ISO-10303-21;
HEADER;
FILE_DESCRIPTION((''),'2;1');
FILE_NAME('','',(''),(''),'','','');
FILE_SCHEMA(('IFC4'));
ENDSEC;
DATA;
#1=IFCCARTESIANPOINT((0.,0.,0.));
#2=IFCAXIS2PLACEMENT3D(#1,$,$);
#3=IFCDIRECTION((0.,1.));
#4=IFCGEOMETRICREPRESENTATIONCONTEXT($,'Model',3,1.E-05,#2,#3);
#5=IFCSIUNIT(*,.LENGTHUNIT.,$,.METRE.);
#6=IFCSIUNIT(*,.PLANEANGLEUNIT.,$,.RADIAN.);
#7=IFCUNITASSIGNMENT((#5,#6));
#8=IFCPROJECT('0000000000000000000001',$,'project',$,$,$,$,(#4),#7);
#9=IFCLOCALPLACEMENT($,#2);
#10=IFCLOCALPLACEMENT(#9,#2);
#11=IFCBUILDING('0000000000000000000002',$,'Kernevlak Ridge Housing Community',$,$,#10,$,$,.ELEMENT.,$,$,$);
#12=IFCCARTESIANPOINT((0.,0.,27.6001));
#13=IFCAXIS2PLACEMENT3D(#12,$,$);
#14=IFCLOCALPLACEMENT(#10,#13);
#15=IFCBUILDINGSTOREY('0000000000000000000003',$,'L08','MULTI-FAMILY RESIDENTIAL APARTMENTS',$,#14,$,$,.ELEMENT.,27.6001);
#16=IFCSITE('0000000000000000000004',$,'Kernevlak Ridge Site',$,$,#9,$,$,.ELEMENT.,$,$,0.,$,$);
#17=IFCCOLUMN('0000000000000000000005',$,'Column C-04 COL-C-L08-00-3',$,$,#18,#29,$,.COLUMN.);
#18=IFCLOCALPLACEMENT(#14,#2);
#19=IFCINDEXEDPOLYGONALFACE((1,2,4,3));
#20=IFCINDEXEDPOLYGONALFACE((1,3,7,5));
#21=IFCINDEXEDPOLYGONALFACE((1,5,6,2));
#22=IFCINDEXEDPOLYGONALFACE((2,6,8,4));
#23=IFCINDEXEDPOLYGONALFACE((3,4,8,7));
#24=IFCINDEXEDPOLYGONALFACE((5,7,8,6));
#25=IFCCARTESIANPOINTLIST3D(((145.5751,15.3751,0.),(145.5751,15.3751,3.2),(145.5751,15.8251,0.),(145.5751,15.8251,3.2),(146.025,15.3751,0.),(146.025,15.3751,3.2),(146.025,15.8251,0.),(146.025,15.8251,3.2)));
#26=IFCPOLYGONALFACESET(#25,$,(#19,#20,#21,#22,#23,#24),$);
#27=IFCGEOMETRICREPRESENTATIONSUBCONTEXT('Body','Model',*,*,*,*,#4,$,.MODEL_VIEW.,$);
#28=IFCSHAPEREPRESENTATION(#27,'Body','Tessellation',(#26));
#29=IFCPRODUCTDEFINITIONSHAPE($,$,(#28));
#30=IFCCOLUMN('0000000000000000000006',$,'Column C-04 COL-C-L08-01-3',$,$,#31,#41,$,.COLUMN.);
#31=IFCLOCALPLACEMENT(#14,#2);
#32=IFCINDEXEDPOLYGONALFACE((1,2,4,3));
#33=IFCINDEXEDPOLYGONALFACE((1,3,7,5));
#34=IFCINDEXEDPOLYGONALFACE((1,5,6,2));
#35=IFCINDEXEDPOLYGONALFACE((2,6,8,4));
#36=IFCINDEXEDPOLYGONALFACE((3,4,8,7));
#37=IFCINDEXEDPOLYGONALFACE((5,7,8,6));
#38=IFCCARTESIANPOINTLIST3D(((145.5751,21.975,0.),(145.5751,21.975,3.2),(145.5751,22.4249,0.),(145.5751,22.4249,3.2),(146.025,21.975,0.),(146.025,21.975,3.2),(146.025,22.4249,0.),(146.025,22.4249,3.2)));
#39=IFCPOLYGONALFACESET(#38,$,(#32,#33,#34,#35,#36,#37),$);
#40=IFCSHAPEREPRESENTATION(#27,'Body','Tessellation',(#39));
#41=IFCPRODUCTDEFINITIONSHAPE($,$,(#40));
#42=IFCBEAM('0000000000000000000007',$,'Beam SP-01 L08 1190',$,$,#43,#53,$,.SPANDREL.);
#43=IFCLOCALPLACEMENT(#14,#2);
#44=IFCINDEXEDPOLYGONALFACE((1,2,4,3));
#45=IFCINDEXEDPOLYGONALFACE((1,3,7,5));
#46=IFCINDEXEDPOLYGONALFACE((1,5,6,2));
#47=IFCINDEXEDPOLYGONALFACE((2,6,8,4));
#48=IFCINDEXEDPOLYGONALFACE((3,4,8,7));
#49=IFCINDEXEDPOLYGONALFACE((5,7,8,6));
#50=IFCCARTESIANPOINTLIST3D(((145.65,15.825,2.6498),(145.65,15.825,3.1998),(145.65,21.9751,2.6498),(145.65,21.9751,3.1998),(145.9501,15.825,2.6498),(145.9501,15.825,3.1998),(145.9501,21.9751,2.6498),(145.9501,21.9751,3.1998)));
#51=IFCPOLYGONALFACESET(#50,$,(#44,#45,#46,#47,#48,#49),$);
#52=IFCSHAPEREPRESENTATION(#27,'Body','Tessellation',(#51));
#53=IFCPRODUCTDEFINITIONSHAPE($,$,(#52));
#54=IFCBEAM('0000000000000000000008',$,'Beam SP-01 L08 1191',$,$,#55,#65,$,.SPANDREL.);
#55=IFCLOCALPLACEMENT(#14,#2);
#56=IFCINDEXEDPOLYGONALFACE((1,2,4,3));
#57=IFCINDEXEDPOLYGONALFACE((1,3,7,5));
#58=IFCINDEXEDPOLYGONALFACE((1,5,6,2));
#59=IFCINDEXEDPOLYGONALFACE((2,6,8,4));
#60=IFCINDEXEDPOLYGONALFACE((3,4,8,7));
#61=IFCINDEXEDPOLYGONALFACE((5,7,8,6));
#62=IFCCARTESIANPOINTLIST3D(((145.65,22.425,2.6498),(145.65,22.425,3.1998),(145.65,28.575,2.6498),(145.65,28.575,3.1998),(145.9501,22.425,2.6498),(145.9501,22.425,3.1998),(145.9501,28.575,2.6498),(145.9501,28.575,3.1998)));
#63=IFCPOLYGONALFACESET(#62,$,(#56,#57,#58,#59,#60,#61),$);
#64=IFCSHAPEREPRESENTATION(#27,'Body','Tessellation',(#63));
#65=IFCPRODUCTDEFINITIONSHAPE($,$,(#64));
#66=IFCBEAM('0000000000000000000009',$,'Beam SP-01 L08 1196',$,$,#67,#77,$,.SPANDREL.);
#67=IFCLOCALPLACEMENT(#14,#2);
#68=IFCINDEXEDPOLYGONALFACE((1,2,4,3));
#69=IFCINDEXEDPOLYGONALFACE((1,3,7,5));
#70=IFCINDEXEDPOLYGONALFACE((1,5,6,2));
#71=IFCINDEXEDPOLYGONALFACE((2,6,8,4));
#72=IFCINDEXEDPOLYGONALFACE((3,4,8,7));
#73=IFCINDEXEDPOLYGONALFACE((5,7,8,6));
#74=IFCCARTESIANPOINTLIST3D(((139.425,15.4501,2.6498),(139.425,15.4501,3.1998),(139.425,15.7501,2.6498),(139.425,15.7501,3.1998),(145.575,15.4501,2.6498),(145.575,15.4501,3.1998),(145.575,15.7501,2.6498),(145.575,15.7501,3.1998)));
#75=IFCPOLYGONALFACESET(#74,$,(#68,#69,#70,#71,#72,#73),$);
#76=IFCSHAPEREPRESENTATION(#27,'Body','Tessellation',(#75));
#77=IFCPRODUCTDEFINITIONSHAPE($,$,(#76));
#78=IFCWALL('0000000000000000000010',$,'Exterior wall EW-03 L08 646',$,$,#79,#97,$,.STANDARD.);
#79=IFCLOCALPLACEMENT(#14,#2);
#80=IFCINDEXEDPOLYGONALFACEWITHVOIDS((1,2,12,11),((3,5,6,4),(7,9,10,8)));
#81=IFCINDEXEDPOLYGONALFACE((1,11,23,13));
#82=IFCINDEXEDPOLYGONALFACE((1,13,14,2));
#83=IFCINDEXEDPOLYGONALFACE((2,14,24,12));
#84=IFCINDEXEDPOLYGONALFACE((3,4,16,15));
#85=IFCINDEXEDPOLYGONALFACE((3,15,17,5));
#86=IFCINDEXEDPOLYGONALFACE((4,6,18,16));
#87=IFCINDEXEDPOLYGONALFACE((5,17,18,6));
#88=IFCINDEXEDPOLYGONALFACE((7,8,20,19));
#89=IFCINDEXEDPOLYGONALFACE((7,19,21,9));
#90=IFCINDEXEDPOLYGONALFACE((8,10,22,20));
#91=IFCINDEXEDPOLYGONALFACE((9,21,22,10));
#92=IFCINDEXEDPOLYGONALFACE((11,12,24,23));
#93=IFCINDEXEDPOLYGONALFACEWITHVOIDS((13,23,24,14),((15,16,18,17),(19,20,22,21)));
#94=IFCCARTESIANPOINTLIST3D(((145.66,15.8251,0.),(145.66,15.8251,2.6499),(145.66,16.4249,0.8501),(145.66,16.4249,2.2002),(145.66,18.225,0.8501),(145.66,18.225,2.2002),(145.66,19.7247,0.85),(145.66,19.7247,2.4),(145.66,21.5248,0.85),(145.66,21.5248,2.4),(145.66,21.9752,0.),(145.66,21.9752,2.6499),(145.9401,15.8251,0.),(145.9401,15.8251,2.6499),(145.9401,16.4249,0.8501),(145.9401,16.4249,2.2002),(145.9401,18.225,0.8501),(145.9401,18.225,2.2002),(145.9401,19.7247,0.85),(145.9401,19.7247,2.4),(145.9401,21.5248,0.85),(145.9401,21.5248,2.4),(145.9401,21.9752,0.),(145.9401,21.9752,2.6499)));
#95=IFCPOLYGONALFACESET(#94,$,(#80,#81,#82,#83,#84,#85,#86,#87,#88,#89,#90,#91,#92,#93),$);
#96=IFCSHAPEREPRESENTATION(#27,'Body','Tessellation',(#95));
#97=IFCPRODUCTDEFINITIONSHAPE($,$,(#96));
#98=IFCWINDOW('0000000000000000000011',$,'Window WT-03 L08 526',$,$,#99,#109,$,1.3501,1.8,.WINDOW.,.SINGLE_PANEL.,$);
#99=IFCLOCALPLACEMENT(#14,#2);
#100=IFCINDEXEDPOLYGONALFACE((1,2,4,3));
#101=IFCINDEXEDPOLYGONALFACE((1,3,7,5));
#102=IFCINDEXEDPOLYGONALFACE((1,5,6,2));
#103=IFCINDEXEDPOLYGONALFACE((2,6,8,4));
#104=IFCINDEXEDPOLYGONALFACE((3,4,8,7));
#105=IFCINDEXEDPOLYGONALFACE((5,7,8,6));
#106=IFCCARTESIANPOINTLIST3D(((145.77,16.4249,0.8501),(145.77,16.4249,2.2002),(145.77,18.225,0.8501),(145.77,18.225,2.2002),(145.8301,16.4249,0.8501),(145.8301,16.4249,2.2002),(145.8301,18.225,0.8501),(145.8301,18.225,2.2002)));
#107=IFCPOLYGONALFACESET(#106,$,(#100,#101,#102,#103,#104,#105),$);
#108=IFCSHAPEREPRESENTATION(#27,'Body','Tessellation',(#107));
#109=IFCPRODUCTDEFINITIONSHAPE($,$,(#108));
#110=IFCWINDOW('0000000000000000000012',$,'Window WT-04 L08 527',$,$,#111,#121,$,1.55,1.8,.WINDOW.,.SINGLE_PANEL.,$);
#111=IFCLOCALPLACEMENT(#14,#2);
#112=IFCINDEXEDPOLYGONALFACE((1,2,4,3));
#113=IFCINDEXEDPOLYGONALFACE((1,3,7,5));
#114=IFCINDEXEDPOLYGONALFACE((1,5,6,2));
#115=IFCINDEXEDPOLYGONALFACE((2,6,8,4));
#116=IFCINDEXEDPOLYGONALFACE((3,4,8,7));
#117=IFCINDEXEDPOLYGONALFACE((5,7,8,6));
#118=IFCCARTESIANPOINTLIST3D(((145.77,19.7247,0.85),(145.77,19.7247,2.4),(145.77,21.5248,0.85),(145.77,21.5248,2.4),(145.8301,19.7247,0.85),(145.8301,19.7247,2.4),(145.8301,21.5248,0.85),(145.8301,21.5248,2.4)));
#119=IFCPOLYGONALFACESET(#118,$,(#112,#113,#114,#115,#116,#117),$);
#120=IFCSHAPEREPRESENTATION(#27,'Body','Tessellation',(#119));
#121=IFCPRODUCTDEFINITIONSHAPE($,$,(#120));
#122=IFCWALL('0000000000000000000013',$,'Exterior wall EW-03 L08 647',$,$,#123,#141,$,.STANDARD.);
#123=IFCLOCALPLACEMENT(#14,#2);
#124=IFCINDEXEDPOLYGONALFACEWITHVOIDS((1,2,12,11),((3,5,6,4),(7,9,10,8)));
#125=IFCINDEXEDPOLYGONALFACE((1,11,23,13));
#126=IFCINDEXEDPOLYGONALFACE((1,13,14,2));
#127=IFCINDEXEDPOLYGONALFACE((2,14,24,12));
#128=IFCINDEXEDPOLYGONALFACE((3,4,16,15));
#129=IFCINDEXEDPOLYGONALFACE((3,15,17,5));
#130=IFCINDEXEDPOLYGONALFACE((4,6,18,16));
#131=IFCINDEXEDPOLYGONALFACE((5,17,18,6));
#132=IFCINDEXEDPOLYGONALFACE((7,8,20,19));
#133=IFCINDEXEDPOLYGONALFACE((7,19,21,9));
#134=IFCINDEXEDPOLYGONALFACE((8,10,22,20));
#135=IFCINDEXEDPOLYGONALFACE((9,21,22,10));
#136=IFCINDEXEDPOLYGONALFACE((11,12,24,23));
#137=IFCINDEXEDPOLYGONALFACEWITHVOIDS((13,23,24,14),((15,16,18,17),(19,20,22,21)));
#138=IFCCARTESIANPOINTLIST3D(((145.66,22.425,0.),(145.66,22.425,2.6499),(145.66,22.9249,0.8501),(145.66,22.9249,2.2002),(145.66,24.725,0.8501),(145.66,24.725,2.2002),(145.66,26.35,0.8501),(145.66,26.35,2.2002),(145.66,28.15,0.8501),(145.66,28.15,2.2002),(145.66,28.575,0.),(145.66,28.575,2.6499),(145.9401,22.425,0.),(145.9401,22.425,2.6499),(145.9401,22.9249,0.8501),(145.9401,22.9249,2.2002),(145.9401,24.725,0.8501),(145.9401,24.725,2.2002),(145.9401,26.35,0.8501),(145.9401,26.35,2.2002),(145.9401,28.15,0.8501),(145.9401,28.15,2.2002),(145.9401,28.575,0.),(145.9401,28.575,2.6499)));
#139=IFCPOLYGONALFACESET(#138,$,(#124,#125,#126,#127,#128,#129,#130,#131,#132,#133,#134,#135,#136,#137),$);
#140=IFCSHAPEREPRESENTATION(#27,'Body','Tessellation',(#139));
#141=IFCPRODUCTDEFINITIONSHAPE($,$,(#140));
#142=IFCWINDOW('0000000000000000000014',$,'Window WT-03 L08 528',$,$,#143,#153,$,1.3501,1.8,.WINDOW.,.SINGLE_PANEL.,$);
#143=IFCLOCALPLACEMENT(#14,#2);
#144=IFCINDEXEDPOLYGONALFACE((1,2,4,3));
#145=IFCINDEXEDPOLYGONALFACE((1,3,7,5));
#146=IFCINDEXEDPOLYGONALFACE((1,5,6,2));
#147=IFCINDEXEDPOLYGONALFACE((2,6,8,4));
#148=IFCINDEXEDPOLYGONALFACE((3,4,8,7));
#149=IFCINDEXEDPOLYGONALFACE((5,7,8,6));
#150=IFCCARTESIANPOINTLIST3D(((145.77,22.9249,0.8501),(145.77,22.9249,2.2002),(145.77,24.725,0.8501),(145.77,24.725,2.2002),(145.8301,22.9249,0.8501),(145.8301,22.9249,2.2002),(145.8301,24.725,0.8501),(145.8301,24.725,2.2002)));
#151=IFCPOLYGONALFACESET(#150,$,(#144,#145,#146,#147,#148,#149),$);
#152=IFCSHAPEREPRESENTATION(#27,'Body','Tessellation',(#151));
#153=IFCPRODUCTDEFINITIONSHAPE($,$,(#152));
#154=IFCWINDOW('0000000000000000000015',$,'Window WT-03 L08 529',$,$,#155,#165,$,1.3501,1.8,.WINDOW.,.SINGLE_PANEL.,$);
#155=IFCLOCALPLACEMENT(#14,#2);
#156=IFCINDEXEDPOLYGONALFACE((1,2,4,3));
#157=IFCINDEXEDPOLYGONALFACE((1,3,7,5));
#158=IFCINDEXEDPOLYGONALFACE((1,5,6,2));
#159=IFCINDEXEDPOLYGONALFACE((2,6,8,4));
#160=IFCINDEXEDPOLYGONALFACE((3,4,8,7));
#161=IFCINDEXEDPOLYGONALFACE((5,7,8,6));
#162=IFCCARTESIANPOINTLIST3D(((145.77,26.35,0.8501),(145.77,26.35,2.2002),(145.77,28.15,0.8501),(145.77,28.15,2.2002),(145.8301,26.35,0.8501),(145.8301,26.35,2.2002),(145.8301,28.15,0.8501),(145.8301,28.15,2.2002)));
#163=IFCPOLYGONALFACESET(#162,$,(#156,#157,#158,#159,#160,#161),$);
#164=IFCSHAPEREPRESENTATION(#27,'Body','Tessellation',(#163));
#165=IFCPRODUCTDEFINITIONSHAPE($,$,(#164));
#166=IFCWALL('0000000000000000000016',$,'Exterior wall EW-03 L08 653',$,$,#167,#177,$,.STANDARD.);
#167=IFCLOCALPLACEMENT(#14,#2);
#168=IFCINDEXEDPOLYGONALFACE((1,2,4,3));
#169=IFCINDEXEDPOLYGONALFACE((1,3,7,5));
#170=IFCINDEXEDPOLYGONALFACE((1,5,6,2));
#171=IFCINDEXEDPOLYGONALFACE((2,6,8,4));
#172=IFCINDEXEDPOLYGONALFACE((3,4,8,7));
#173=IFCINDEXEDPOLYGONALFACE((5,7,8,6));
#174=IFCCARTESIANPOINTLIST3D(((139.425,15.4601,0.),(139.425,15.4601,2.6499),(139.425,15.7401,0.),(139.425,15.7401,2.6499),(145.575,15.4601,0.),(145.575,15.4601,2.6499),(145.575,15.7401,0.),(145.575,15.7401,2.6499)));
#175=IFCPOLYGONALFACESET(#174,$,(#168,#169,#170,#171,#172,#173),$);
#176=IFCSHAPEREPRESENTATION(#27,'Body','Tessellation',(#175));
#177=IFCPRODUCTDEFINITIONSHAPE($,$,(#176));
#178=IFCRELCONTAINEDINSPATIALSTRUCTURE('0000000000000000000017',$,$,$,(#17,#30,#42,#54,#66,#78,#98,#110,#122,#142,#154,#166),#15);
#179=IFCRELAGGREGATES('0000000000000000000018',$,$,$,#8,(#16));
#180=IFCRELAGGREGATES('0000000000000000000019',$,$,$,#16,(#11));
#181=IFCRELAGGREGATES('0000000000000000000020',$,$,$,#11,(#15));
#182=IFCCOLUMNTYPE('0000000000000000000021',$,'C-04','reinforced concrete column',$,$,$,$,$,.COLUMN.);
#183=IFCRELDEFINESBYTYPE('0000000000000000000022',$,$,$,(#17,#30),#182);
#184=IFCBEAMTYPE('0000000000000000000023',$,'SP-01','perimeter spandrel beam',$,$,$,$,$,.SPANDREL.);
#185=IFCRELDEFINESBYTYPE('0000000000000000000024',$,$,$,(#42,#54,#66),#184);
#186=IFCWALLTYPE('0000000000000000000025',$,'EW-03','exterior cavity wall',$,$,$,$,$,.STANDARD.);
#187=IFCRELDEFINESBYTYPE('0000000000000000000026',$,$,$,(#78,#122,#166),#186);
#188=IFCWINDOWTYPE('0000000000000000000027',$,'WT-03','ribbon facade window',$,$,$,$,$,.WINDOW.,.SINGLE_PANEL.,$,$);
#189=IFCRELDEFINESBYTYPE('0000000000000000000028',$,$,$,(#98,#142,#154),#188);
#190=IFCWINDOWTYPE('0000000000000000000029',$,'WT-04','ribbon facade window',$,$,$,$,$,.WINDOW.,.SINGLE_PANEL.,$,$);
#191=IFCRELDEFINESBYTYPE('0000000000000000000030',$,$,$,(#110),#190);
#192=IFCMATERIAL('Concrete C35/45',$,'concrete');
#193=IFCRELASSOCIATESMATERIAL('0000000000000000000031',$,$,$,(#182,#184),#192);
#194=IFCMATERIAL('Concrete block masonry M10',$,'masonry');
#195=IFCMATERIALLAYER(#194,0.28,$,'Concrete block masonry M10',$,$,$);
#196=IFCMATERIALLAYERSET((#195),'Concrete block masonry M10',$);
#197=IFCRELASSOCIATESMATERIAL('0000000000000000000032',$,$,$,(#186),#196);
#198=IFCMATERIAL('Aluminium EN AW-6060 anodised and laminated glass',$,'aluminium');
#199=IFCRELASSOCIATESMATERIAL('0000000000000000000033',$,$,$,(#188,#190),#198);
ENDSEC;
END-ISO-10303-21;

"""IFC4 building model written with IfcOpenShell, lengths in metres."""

from ifc_helpers import new_model, si_unit, direction, frame, frame_2d, origin, origin_2d, place, context, subcontext, project, spatial, rectangle, extrude, material, layer, layer_set, material_profile, profile_set, type_object, element, fill, save


model = new_model("IFC4")

# Units and contexts
model_context = context("Model", 3, precision=1e-05, world=origin(), true_north=direction((0.0, 1.0)))
body_context = subcontext(model_context, "Body", "Model", "MODEL_VIEW")
ifc_project = project(units=[si_unit("LENGTHUNIT", "METRE"), si_unit("PLANEANGLEUNIT", "RADIAN")], contexts=[model_context])

# Site, building, storey
site_placement = place(None, origin())
site = spatial("IfcSite", under=ifc_project, at=site_placement, Name="Kernevlak Ridge Site", CompositionType="ELEMENT", RefElevation=0.0)
building_placement = place(site_placement, origin())
building = spatial("IfcBuilding", under=site, at=building_placement, Name="Kernevlak Ridge Housing Community", CompositionType="ELEMENT")
storey_placement = place(building_placement, frame((0.0, 0.0, 27.6001)))
storey = spatial("IfcBuildingStorey", under=building, at=storey_placement, Name="L08", Description="MULTI-FAMILY RESIDENTIAL APARTMENTS", CompositionType="ELEMENT", Elevation=27.6001)

# Columns
ifc_material_1 = material(Name="Concrete C35/45", Category="concrete")
ifc_material_profile_1 = material_profile(ifc_material_1, rectangle(XDim=0.45, YDim=0.45, at=origin_2d()), Name="RC 450x450")
ifc_profile_set_1 = profile_set([ifc_material_profile_1], Name="Concrete C35/45")
column_type = type_object("IfcColumnType", Name="C-04", Description="reinforced concrete column", PredefinedType="COLUMN", material=ifc_profile_set_1)
for number, where, z_axis, x_axis, name in (
    (1, (145.8, 15.6001, 0.0), (0.0, 0.0, 1.0), (1.0, 0.0, 0.0), "Column C-04 COL-C-L08-00-3"),
    (2, (145.8, 22.2, 0.0), (0.0, 0.0, 1.0), (1.0, 0.0, 0.0), "Column C-04 COL-C-L08-01-3"),
):
    element("IfcColumn", number, at=place(storey_placement, frame(where, z_axis=z_axis, x_axis=x_axis)), inside=storey, type_object=column_type, Name=name, PredefinedType="COLUMN", context=body_context, shape_type="SweptSolid", body=[
        extrude(rectangle(XDim=0.45, YDim=0.45, at=origin_2d()), origin(), (0.0, 0.0, 1.0), 3.2),
    ])

# Beams
ifc_material_profile_2 = material_profile(ifc_material_1, rectangle(XDim=0.3, YDim=0.55, at=origin_2d()), Name="RC 300x550")
ifc_profile_set_2 = profile_set([ifc_material_profile_2], Name="Concrete C35/45")
beam_type = type_object("IfcBeamType", Name="SP-01", Description="perimeter spandrel beam", PredefinedType="SPANDREL", material=ifc_profile_set_2)
beam_placement = place(storey_placement, frame((145.8, 15.825, 2.9248), z_axis=(0.0, 1.0, 0.0), x_axis=(-1.0, 0.0, 0.0)))
element("IfcBeam", 3, at=beam_placement, inside=storey, type_object=beam_type, Name="Beam SP-01 L08 1190", PredefinedType="SPANDREL", context=body_context, shape_type="SweptSolid", body=[
    extrude(rectangle(XDim=0.3, YDim=0.55, at=origin_2d()), origin(), (0.0, 0.0, 1.0), 6.1501),
])
for number, where, z_axis, x_axis, name in (
    (4, (145.8, 22.425, 2.9248), (0.0, 1.0, 0.0), (-1.0, 0.0, 0.0), "Beam SP-01 L08 1191"),
    (5, (139.425, 15.6001, 2.9248), (1.0, 0.0, 0.0), (0.0, 1.0, 0.0), "Beam SP-01 L08 1196"),
):
    element("IfcBeam", number, at=place(storey_placement, frame(where, z_axis=z_axis, x_axis=x_axis)), inside=storey, type_object=beam_type, Name=name, PredefinedType="SPANDREL", context=body_context, shape_type="SweptSolid", body=[
        extrude(rectangle(XDim=0.3, YDim=0.55, at=origin_2d()), origin(), (0.0, 0.0, 1.0), 6.1499),
    ])

# Walls, openings, windows
ifc_material_2 = material(Name="Concrete block masonry M10", Category="masonry")
ifc_layer_1 = layer(ifc_material_2, 0.28, Name="Concrete block masonry M10")
ifc_layer_set_1 = layer_set([ifc_layer_1], Name="Concrete block masonry M10")
wall_type_1 = type_object("IfcWallType", Name="EW-03", Description="exterior cavity wall", PredefinedType="STANDARD", material=ifc_layer_set_1)
wall_1_placement = place(storey_placement, frame((145.8, 15.825, 0.0), z_axis=(0.0, 0.0, 1.0), x_axis=(0.0, 1.0, 0.0)))
wall_1 = element("IfcWall", 6, at=wall_1_placement, inside=storey, type_object=wall_type_1, Name="Exterior wall EW-03 L08 646", PredefinedType="STANDARD", context=body_context, shape_type="SweptSolid", body=[
    extrude(rectangle(XDim=6.1501, YDim=0.28, at=frame_2d((3.0752, 0.0))), origin(), (0.0, 0.0, 1.0), 2.6499),
])
opening_1_placement = place(wall_1_placement, frame((0.6001, 0.0, 0.8501)))
opening_1 = element("IfcOpeningElement", 7, at=opening_1_placement, cuts=wall_1, PredefinedType="OPENING", context=body_context, shape_type="SweptSolid", body=[
    extrude(rectangle(XDim=1.8, YDim=1.3501, at=frame_2d((0.8999, 0.675))), frame((0.0, 0.1499, 0.0), z_axis=(0.0, -1.0, 0.0), x_axis=(1.0, 0.0, 0.0)), (0.0, 0.0, 1.0), 0.3),
])
opening_2_placement = place(wall_1_placement, frame((3.8999, 0.0, 0.8501)))
opening_2 = element("IfcOpeningElement", 8, at=opening_2_placement, cuts=wall_1, PredefinedType="OPENING", context=body_context, shape_type="SweptSolid", body=[
    extrude(rectangle(XDim=1.8, YDim=1.55, at=frame_2d((0.8999, 0.7749))), frame((0.0, 0.1499, 0.0), z_axis=(0.0, -1.0, 0.0), x_axis=(1.0, 0.0, 0.0)), (0.0, 0.0, 1.0), 0.3),
])
ifc_material_3 = material(Name="Aluminium EN AW-6060 anodised and laminated glass", Category="aluminium")
window_type_1 = type_object("IfcWindowType", Name="WT-03", Description="ribbon facade window", PartitioningType="SINGLE_PANEL", PredefinedType="WINDOW", material=ifc_material_3)
window_1_placement = place(opening_1_placement, origin())
window_1 = element("IfcWindow", 9, at=window_1_placement, inside=storey, type_object=window_type_1, Name="Window WT-03 L08 526", OverallHeight=1.3501, OverallWidth=1.8, PartitioningType="SINGLE_PANEL", PredefinedType="WINDOW", context=body_context, shape_type="SweptSolid", body=[
    extrude(rectangle(XDim=1.8, YDim=1.3501, at=frame_2d((0.8999, 0.675))), frame((0.0, 0.03, 0.0), z_axis=(0.0, -1.0, 0.0), x_axis=(1.0, 0.0, 0.0)), (0.0, 0.0, 1.0), 0.0601),
])
fill(opening_1, window_1)
window_type_2 = type_object("IfcWindowType", Name="WT-04", Description="ribbon facade window", PartitioningType="SINGLE_PANEL", PredefinedType="WINDOW", material=ifc_material_3)
window_2_placement = place(opening_2_placement, origin())
window_2 = element("IfcWindow", 10, at=window_2_placement, inside=storey, type_object=window_type_2, Name="Window WT-04 L08 527", OverallHeight=1.55, OverallWidth=1.8, PartitioningType="SINGLE_PANEL", PredefinedType="WINDOW", context=body_context, shape_type="SweptSolid", body=[
    extrude(rectangle(XDim=1.8, YDim=1.55, at=frame_2d((0.8999, 0.7749))), frame((0.0, 0.03, 0.0), z_axis=(0.0, -1.0, 0.0), x_axis=(1.0, 0.0, 0.0)), (0.0, 0.0, 1.0), 0.0601),
])
fill(opening_2, window_2)
wall_2_placement = place(storey_placement, frame((145.8, 22.425, 0.0), z_axis=(0.0, 0.0, 1.0), x_axis=(0.0, 1.0, 0.0)))
wall_2 = element("IfcWall", 11, at=wall_2_placement, inside=storey, type_object=wall_type_1, Name="Exterior wall EW-03 L08 647", PredefinedType="STANDARD", context=body_context, shape_type="SweptSolid", body=[
    extrude(rectangle(XDim=6.1499, YDim=0.28, at=frame_2d((3.075, 0.0))), origin(), (0.0, 0.0, 1.0), 2.6499),
])
opening_3_placement = place(wall_2_placement, frame((0.5, 0.0, 0.8501)))
opening_3 = element("IfcOpeningElement", 12, at=opening_3_placement, cuts=wall_2, PredefinedType="OPENING", context=body_context, shape_type="SweptSolid", body=[
    extrude(rectangle(XDim=1.8, YDim=1.3501, at=frame_2d((0.8999, 0.675))), frame((0.0, 0.1499, 0.0), z_axis=(0.0, -1.0, 0.0), x_axis=(1.0, 0.0, 0.0)), (0.0, 0.0, 1.0), 0.3),
])
opening_4_placement = place(wall_2_placement, frame((3.925, 0.0, 0.8501)))
opening_4 = element("IfcOpeningElement", 13, at=opening_4_placement, cuts=wall_2, PredefinedType="OPENING", context=body_context, shape_type="SweptSolid", body=[
    extrude(rectangle(XDim=1.8, YDim=1.3501, at=frame_2d((0.8999, 0.675))), frame((0.0, 0.1499, 0.0), z_axis=(0.0, -1.0, 0.0), x_axis=(1.0, 0.0, 0.0)), (0.0, 0.0, 1.0), 0.3),
])
window_3_placement = place(opening_3_placement, origin())
window_3 = element("IfcWindow", 14, at=window_3_placement, inside=storey, type_object=window_type_1, Name="Window WT-03 L08 528", OverallHeight=1.3501, OverallWidth=1.8, PartitioningType="SINGLE_PANEL", PredefinedType="WINDOW", context=body_context, shape_type="SweptSolid", body=[
    extrude(rectangle(XDim=1.8, YDim=1.3501, at=frame_2d((0.8999, 0.675))), frame((0.0, 0.03, 0.0), z_axis=(0.0, -1.0, 0.0), x_axis=(1.0, 0.0, 0.0)), (0.0, 0.0, 1.0), 0.0601),
])
fill(opening_3, window_3)
window_4_placement = place(opening_4_placement, origin())
window_4 = element("IfcWindow", 15, at=window_4_placement, inside=storey, type_object=window_type_1, Name="Window WT-03 L08 529", OverallHeight=1.3501, OverallWidth=1.8, PartitioningType="SINGLE_PANEL", PredefinedType="WINDOW", context=body_context, shape_type="SweptSolid", body=[
    extrude(rectangle(XDim=1.8, YDim=1.3501, at=frame_2d((0.8999, 0.675))), frame((0.0, 0.03, 0.0), z_axis=(0.0, -1.0, 0.0), x_axis=(1.0, 0.0, 0.0)), (0.0, 0.0, 1.0), 0.0601),
])
fill(opening_4, window_4)

# Wall
wall_3_placement = place(storey_placement, frame((139.425, 15.6001, 0.0), z_axis=(0.0, 0.0, 1.0), x_axis=(1.0, 0.0, 0.0)))
element("IfcWall", 16, at=wall_3_placement, inside=storey, type_object=wall_type_1, Name="Exterior wall EW-03 L08 653", PredefinedType="STANDARD", context=body_context, shape_type="SweptSolid", body=[
    extrude(rectangle(XDim=6.1499, YDim=0.28, at=frame_2d((3.075, 0.0))), origin(), (0.0, 0.0, 1.0), 2.6499),
])

save(model, "model.ifc")
